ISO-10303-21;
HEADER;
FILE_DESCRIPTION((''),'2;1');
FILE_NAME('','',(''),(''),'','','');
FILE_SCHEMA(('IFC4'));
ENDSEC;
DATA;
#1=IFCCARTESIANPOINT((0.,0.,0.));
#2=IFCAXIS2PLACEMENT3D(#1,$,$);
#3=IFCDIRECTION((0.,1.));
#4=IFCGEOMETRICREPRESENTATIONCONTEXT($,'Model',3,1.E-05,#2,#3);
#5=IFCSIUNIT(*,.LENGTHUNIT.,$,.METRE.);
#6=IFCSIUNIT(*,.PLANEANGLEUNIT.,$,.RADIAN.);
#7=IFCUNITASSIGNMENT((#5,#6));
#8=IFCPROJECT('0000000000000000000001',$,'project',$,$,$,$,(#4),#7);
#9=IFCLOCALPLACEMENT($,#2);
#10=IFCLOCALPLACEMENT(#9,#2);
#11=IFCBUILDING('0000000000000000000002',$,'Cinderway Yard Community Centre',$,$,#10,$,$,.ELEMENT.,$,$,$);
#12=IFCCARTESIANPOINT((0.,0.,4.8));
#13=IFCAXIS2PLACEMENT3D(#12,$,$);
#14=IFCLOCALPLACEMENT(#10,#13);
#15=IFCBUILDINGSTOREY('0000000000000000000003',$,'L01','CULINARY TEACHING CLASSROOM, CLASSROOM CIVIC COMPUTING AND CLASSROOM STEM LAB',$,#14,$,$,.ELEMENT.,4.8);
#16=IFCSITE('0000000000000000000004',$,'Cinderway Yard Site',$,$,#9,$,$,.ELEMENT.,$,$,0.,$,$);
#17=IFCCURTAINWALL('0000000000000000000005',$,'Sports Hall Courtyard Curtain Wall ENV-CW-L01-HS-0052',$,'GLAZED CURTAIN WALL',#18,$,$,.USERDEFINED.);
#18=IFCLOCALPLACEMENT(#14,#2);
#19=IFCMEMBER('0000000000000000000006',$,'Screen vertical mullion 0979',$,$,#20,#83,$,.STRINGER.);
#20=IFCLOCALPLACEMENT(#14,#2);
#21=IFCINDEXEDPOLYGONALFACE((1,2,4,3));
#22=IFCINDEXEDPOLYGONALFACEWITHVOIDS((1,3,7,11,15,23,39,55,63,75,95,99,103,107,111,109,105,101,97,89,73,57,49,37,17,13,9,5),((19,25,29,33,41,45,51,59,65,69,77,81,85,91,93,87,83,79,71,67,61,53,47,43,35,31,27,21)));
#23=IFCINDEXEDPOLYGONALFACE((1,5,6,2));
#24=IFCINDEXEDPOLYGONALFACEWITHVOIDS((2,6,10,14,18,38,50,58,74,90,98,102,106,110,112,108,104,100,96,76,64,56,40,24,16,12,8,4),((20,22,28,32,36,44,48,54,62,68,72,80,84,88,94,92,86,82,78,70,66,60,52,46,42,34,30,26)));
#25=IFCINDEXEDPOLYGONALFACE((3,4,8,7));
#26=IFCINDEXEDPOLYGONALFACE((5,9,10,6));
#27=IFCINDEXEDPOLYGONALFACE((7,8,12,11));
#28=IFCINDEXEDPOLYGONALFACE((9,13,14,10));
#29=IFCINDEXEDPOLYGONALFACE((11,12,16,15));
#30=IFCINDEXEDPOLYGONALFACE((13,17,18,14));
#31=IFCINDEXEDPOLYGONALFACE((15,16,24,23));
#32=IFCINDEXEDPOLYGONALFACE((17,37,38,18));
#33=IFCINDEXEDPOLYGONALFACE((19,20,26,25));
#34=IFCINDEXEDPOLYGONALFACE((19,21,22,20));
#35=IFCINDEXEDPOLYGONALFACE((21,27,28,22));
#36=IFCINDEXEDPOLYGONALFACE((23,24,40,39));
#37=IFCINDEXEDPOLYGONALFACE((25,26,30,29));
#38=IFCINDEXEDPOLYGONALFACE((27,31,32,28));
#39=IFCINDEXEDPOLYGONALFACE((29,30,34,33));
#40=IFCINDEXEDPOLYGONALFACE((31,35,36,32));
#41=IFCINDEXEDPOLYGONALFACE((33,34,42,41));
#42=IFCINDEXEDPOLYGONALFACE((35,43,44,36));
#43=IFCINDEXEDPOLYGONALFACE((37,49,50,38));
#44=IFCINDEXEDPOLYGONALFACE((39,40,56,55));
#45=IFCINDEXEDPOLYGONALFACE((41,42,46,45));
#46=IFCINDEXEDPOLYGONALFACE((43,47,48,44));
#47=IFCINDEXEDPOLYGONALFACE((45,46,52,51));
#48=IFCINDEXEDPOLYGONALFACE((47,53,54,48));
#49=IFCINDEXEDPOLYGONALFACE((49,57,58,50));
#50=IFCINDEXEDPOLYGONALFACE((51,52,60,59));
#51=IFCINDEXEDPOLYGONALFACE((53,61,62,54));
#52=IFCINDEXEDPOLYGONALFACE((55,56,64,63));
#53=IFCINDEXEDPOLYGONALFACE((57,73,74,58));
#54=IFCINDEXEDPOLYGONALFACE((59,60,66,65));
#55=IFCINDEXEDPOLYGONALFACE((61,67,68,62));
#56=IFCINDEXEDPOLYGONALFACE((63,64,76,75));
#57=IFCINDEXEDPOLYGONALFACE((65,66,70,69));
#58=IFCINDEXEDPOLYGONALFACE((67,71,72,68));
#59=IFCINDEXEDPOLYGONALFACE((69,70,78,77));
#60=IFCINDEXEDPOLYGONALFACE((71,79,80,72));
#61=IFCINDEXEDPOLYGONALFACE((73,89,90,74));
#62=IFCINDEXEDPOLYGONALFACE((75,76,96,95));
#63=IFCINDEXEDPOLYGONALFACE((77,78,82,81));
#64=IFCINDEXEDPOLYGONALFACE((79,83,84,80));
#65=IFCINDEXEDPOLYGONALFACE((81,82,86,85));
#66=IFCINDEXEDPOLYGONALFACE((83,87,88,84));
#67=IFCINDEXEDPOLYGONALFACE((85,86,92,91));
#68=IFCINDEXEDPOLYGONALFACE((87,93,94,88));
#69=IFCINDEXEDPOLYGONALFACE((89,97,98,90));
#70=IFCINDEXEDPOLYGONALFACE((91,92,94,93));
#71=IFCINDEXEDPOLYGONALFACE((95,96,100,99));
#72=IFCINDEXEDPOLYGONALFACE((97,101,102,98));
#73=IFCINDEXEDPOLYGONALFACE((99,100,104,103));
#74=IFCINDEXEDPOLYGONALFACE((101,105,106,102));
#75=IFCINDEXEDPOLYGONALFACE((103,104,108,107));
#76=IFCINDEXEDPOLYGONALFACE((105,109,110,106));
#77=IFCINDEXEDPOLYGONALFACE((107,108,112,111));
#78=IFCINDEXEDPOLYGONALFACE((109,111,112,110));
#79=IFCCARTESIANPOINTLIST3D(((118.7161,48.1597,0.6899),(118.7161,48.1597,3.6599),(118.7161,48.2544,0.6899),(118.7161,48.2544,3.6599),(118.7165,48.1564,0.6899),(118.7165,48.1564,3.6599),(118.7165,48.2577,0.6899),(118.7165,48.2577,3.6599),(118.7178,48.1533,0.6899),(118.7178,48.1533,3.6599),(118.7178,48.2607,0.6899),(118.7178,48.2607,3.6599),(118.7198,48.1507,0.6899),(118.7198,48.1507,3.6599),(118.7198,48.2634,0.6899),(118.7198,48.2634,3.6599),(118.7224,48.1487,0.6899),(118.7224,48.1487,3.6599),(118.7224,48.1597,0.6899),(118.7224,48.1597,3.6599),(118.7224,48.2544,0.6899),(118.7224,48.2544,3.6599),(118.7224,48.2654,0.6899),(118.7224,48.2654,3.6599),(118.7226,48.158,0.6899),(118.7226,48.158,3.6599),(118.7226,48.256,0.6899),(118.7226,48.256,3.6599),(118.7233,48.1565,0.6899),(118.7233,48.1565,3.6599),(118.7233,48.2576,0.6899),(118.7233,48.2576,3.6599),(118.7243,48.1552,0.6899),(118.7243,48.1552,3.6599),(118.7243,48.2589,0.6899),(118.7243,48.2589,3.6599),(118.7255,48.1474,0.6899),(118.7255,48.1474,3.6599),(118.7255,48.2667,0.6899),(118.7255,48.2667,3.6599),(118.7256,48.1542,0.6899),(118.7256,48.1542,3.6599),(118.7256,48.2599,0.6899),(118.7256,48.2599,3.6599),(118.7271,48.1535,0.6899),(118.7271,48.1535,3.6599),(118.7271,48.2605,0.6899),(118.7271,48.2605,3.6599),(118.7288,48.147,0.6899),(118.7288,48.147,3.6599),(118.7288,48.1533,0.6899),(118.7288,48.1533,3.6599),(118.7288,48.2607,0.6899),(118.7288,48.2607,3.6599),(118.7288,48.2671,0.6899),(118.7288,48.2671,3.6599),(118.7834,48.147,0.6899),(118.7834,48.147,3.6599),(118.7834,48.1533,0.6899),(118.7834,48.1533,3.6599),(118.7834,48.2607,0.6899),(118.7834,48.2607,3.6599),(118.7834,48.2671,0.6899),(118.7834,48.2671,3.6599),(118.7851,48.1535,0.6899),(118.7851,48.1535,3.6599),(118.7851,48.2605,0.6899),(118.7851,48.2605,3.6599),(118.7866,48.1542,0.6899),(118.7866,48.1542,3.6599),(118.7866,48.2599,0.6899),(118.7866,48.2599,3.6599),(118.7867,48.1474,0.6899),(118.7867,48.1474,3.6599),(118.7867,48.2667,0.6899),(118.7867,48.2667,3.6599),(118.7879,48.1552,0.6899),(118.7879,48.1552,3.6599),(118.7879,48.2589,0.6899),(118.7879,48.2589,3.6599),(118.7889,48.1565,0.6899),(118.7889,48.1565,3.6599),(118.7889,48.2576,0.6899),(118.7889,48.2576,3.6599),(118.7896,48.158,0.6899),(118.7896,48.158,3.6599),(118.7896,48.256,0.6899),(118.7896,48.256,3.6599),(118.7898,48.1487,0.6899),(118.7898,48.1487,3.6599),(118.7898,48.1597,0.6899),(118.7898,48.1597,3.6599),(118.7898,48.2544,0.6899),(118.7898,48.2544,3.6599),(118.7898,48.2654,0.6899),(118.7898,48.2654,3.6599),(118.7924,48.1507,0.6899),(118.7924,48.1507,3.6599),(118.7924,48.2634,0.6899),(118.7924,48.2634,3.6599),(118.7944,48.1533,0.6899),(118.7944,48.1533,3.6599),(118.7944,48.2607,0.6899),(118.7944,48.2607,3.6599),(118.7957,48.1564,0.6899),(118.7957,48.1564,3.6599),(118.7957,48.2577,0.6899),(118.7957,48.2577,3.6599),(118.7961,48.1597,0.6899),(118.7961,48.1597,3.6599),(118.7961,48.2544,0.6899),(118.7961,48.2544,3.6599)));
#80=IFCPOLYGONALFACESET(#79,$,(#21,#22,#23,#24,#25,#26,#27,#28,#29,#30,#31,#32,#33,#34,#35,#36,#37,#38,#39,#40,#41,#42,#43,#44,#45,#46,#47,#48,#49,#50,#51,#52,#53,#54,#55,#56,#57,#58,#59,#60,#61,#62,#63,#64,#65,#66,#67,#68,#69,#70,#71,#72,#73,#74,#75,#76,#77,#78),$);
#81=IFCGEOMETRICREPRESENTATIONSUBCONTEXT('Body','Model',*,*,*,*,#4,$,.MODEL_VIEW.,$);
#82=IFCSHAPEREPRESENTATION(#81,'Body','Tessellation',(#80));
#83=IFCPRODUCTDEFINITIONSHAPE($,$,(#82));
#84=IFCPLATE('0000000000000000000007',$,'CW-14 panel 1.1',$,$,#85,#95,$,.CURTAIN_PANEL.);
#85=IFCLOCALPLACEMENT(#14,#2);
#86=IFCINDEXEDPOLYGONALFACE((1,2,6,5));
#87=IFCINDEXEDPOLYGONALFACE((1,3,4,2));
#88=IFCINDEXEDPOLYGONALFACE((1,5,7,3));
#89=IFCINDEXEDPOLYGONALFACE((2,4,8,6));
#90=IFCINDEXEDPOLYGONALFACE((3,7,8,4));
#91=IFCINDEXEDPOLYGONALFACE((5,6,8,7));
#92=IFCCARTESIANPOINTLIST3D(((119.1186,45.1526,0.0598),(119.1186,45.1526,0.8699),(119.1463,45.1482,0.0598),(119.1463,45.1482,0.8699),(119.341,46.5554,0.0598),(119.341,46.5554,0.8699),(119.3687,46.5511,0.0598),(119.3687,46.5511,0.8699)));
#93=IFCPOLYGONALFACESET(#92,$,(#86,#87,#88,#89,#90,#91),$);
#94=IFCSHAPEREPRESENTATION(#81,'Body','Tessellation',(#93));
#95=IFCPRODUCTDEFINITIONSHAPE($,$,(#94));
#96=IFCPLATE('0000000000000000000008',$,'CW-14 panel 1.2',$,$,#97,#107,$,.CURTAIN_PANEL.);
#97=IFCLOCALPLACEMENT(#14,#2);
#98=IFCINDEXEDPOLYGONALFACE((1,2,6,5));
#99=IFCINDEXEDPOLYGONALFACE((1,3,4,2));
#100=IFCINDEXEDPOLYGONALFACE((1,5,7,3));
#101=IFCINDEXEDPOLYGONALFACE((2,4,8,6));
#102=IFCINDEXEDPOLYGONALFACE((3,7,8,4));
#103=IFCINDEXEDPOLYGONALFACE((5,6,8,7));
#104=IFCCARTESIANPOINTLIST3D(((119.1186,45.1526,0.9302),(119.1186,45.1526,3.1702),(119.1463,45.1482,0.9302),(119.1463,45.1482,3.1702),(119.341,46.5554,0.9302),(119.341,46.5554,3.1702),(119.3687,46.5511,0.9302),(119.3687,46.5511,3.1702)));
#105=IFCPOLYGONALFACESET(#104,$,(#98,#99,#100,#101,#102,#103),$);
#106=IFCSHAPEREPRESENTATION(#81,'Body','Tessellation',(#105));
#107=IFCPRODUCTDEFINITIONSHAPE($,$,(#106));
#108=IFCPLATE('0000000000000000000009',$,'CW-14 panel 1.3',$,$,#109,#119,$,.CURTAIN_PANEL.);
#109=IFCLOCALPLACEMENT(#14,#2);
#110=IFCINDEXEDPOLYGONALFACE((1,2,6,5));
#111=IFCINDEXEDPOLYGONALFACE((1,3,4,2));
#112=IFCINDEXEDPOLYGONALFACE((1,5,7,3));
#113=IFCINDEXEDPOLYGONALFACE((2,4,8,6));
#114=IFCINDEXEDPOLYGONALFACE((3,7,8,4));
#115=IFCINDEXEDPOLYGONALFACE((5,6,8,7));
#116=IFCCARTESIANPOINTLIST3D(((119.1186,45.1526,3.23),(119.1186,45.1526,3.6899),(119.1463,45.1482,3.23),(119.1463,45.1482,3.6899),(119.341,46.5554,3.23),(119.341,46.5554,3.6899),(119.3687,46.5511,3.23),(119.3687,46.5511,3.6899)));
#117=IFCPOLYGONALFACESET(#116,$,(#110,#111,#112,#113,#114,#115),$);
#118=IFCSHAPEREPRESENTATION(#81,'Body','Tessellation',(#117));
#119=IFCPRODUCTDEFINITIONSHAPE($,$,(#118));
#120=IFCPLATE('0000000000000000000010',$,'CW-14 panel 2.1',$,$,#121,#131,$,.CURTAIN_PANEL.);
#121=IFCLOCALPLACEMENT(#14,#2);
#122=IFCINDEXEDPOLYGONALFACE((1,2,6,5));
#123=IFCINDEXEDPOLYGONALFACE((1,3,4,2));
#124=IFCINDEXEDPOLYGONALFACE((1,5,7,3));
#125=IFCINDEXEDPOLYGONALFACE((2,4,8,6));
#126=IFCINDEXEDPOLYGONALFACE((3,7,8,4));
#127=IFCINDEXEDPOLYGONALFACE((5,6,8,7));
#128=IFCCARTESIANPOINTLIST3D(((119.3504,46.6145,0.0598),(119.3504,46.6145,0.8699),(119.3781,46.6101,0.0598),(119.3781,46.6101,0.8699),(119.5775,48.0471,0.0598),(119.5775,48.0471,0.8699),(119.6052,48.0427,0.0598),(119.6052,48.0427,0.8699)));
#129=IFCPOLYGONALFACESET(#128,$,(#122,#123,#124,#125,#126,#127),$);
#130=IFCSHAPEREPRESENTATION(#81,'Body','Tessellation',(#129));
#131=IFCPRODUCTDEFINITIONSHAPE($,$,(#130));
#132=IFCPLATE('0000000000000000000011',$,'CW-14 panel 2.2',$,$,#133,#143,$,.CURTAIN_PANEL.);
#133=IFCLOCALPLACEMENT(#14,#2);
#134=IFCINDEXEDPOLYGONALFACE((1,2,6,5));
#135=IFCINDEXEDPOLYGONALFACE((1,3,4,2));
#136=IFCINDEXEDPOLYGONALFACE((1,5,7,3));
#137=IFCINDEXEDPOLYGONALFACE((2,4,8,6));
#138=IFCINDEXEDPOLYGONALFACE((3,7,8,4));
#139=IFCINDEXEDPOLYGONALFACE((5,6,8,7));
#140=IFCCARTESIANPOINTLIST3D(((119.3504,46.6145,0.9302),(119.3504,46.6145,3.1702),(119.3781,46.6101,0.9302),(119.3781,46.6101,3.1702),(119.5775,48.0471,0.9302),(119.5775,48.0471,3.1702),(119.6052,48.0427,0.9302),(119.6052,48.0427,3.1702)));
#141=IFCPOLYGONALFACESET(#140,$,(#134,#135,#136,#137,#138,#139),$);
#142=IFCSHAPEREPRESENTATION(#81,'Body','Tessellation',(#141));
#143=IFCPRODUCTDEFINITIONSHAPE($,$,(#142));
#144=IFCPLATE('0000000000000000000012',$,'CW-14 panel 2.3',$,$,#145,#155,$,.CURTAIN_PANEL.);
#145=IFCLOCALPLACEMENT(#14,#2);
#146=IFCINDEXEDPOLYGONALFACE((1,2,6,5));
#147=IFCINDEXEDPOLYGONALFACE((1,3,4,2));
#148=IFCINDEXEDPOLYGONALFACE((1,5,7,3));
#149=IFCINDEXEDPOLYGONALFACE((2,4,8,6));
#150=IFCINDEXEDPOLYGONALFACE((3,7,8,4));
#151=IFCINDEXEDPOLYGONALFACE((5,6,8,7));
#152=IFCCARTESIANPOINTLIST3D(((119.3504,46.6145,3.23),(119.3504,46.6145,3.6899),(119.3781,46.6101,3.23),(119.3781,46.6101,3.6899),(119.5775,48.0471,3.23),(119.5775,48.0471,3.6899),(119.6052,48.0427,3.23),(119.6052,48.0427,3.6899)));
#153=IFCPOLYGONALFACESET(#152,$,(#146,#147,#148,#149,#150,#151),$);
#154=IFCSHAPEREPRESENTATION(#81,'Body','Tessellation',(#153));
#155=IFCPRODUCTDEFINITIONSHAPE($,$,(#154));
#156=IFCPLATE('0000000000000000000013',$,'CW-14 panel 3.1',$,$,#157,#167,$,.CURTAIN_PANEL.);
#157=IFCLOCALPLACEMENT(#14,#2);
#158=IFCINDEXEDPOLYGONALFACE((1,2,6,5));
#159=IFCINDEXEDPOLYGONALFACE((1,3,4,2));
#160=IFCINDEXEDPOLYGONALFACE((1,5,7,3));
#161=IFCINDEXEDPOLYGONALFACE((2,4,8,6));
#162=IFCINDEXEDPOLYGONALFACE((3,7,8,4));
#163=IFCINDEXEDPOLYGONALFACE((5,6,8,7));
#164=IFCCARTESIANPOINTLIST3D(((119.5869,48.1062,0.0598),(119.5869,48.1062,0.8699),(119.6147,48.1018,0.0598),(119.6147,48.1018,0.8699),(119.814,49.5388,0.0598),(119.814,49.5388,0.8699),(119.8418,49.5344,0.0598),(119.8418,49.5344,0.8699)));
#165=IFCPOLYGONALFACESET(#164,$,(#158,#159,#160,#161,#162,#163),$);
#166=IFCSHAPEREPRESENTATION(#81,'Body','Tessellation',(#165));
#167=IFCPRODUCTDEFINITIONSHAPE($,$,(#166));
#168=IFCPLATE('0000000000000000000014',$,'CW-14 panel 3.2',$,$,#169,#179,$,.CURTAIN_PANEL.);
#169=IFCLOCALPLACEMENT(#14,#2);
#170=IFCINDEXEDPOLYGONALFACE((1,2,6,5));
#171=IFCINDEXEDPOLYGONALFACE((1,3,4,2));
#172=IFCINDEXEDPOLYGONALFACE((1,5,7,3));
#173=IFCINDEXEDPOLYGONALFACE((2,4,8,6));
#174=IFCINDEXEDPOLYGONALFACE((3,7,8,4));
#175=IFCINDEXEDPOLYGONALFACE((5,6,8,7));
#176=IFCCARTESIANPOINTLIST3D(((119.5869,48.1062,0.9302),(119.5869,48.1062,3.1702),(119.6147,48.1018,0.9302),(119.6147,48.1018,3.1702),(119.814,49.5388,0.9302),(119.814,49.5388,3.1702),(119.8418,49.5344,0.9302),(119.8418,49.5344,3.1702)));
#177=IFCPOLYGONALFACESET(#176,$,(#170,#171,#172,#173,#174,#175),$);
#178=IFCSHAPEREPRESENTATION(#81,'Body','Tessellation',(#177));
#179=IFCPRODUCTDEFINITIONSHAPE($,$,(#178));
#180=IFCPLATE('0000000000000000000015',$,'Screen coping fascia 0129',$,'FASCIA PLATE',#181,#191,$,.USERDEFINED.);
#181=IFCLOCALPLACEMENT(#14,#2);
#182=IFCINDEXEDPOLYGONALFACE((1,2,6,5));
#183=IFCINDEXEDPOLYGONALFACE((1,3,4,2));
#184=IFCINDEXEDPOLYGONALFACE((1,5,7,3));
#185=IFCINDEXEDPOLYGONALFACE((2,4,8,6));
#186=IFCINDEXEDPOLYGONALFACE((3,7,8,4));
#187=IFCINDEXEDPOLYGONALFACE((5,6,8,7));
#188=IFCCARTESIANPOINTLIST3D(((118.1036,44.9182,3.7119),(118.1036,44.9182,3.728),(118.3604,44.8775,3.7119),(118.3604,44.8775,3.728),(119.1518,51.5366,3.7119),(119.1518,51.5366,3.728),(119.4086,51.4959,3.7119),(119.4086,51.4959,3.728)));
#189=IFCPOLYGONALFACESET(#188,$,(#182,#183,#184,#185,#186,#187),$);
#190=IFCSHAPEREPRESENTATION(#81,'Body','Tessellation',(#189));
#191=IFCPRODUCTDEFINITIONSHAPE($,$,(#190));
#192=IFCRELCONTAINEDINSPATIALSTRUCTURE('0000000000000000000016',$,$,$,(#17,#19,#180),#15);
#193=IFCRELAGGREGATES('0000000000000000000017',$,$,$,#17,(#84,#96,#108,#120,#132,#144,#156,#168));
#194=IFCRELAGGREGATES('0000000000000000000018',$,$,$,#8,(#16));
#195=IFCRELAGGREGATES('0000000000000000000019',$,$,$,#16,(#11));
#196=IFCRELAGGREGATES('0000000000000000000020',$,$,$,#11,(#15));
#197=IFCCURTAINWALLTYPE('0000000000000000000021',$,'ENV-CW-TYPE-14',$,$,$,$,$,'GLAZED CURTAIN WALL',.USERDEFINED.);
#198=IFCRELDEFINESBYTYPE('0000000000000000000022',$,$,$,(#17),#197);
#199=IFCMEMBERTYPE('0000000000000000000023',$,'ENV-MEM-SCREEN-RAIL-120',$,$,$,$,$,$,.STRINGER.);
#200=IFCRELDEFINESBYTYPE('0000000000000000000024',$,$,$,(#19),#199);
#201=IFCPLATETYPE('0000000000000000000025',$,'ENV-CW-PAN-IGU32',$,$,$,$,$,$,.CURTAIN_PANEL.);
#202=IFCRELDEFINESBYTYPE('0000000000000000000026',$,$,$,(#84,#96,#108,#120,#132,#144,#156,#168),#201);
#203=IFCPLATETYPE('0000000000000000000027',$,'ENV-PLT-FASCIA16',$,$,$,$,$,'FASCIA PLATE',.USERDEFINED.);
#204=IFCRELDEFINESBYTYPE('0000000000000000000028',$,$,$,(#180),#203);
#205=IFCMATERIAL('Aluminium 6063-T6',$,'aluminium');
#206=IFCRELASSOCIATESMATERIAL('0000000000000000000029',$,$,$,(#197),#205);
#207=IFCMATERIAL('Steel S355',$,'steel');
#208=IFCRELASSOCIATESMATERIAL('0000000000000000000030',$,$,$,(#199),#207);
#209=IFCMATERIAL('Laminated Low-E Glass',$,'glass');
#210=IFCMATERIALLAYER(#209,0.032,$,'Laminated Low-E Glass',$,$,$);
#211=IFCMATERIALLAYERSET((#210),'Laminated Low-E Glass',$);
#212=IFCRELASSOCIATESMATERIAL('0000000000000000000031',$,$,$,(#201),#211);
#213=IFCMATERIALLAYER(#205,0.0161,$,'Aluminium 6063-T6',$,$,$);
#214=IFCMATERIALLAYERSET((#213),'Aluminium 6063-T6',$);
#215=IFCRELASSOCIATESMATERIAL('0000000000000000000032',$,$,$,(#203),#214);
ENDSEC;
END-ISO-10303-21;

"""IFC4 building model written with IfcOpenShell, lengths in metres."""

from ifc_helpers import new_model, si_unit, direction, frame, origin, origin_2d, place, context, subcontext, project, spatial, rectangle, hollow_rectangle, extrude, material, layer, layer_set, material_profile, profile_set, type_object, element, aggregate, save


model = new_model("IFC4")

# Units and contexts
model_context = context("Model", 3, precision=1e-05, world=origin(), true_north=direction((0.0, 1.0)))
body_context = subcontext(model_context, "Body", "Model", "MODEL_VIEW")
ifc_project = project(units=[si_unit("LENGTHUNIT", "METRE"), si_unit("PLANEANGLEUNIT", "RADIAN")], contexts=[model_context])

# Site, building, storey
site_placement = place(None, origin())
site = spatial("IfcSite", under=ifc_project, at=site_placement, Name="Cinderway Yard Site", CompositionType="ELEMENT", RefElevation=0.0)
building_placement = place(site_placement, origin())
building = spatial("IfcBuilding", under=site, at=building_placement, Name="Cinderway Yard Community Centre", CompositionType="ELEMENT")
storey_placement = place(building_placement, frame((0.0, 0.0, 4.8)))
storey = spatial("IfcBuildingStorey", under=building, at=storey_placement, Name="L01", Description="CULINARY TEACHING CLASSROOM, CLASSROOM CIVIC COMPUTING AND CLASSROOM STEM LAB", CompositionType="ELEMENT", Elevation=4.8)

# Curtain wall
ifc_material_1 = material(Name="Aluminium 6063-T6", Category="aluminium")
curtain_wall_type = type_object("IfcCurtainWallType", Name="ENV-CW-TYPE-14", ElementType="GLAZED CURTAIN WALL", PredefinedType="USERDEFINED", material=ifc_material_1)
curtain_wall_placement = place(storey_placement, origin())
curtain_wall = element("IfcCurtainWall", 1, at=curtain_wall_placement, inside=storey, type_object=curtain_wall_type, Name="Sports Hall Courtyard Curtain Wall ENV-CW-L01-HS-0052", ObjectType="GLAZED CURTAIN WALL", PredefinedType="USERDEFINED")

# Member
ifc_material_2 = material(Name="Steel S355", Category="steel")
ifc_material_profile_1 = material_profile(ifc_material_2, hollow_rectangle(XDim=0.0801, YDim=0.1201, WallThickness=0.0063, InnerFilletRadius=0.0063, OuterFilletRadius=0.0127, at=origin_2d()), Name="Steel S355")
ifc_profile_set_1 = profile_set([ifc_material_profile_1], Name="Steel S355")
member_type_1 = type_object("IfcMemberType", Name="ENV-MEM-SCREEN-RAIL-120", PredefinedType="STRINGER", material=ifc_profile_set_1)
for number, where, z_axis, x_axis, name in (
    (2, (118.7561, 48.207, 0.6899), (0.0, 0.0, 1.0), (1.0, 0.0, 0.0), "Screen vertical mullion 0979"),
):
    element("IfcMember", number, at=place(storey_placement, frame(where, z_axis=z_axis, x_axis=x_axis)), inside=storey, type_object=member_type_1, Name=name, PredefinedType="STRINGER", context=body_context, shape_type="SweptSolid", body=[
        extrude(hollow_rectangle(XDim=0.0801, YDim=0.1201, WallThickness=0.0063, InnerFilletRadius=0.0063, OuterFilletRadius=0.0127, at=origin_2d()), origin(), (0.0, 0.0, 1.0), 2.97),
    ])

# Plates
ifc_material_3 = material(Name="Laminated Low-E Glass", Category="glass")
ifc_layer_1 = layer(ifc_material_3, 0.032, Name="Laminated Low-E Glass")
ifc_layer_set_1 = layer_set([ifc_layer_1], Name="Laminated Low-E Glass")
plate_type_1 = type_object("IfcPlateType", Name="ENV-CW-PAN-IGU32", PredefinedType="CURTAIN_PANEL", material=ifc_layer_set_1)
plate_1_placement = place(storey_placement, frame((119.2437, 45.8518, 0.0598), z_axis=(0.0, 0.0, 1.0), x_axis=(0.156583, 0.987665, 0.0)))
plate_1 = element("IfcPlate", 3, at=plate_1_placement, type_object=plate_type_1, Name="CW-14 panel 1.1", PredefinedType="CURTAIN_PANEL", context=body_context, shape_type="SweptSolid", body=[
    extrude(rectangle(XDim=1.4204, YDim=0.0281, at=origin_2d()), origin(), (0.0, 0.0, 1.0), 0.8101),
])
plate_2_placement = place(storey_placement, frame((119.2437, 45.8518, 0.9302), z_axis=(0.0, 0.0, 1.0), x_axis=(0.156583, 0.987665, 0.0)))
plate_2 = element("IfcPlate", 4, at=plate_2_placement, type_object=plate_type_1, Name="CW-14 panel 1.2", PredefinedType="CURTAIN_PANEL", context=body_context, shape_type="SweptSolid", body=[
    extrude(rectangle(XDim=1.4204, YDim=0.0281, at=origin_2d()), origin(), (0.0, 0.0, 1.0), 2.24),
])
plate_3_placement = place(storey_placement, frame((119.2437, 45.8518, 3.23), z_axis=(0.0, 0.0, 1.0), x_axis=(0.156583, 0.987665, 0.0)))
plate_3 = element("IfcPlate", 5, at=plate_3_placement, type_object=plate_type_1, Name="CW-14 panel 1.3", PredefinedType="CURTAIN_PANEL", context=body_context, shape_type="SweptSolid", body=[
    extrude(rectangle(XDim=1.4204, YDim=0.0281, at=origin_2d()), origin(), (0.0, 0.0, 1.0), 0.46),
])
plate_4_placement = place(storey_placement, frame((119.4778, 47.3286, 0.0598), z_axis=(0.0, 0.0, 1.0), x_axis=(0.156583, 0.987665, 0.0)))
plate_4 = element("IfcPlate", 6, at=plate_4_placement, type_object=plate_type_1, Name="CW-14 panel 2.1", PredefinedType="CURTAIN_PANEL", context=body_context, shape_type="SweptSolid", body=[
    extrude(rectangle(XDim=1.4504, YDim=0.0281, at=origin_2d()), origin(), (0.0, 0.0, 1.0), 0.8101),
])
plate_5_placement = place(storey_placement, frame((119.4778, 47.3286, 0.9302), z_axis=(0.0, 0.0, 1.0), x_axis=(0.156583, 0.987665, 0.0)))
plate_5 = element("IfcPlate", 7, at=plate_5_placement, type_object=plate_type_1, Name="CW-14 panel 2.2", PredefinedType="CURTAIN_PANEL", context=body_context, shape_type="SweptSolid", body=[
    extrude(rectangle(XDim=1.4504, YDim=0.0281, at=origin_2d()), origin(), (0.0, 0.0, 1.0), 2.24),
])
plate_6_placement = place(storey_placement, frame((119.4778, 47.3286, 3.23), z_axis=(0.0, 0.0, 1.0), x_axis=(0.156583, 0.987665, 0.0)))
plate_6 = element("IfcPlate", 8, at=plate_6_placement, type_object=plate_type_1, Name="CW-14 panel 2.3", PredefinedType="CURTAIN_PANEL", context=body_context, shape_type="SweptSolid", body=[
    extrude(rectangle(XDim=1.4504, YDim=0.0281, at=origin_2d()), origin(), (0.0, 0.0, 1.0), 0.46),
])
plate_7_placement = place(storey_placement, frame((119.7144, 48.8203, 0.0598), z_axis=(0.0, 0.0, 1.0), x_axis=(0.156583, 0.987665, 0.0)))
plate_7 = element("IfcPlate", 9, at=plate_7_placement, type_object=plate_type_1, Name="CW-14 panel 3.1", PredefinedType="CURTAIN_PANEL", context=body_context, shape_type="SweptSolid", body=[
    extrude(rectangle(XDim=1.4504, YDim=0.0281, at=origin_2d()), origin(), (0.0, 0.0, 1.0), 0.8101),
])
plate_8_placement = place(storey_placement, frame((119.7144, 48.8203, 0.9302), z_axis=(0.0, 0.0, 1.0), x_axis=(0.156583, 0.987665, 0.0)))
plate_8 = element("IfcPlate", 10, at=plate_8_placement, type_object=plate_type_1, Name="CW-14 panel 3.2", PredefinedType="CURTAIN_PANEL", context=body_context, shape_type="SweptSolid", body=[
    extrude(rectangle(XDim=1.4504, YDim=0.0281, at=origin_2d()), origin(), (0.0, 0.0, 1.0), 2.24),
])
aggregate(curtain_wall, [plate_1, plate_2, plate_3, plate_4, plate_5, plate_6, plate_7, plate_8])
ifc_layer_2 = layer(ifc_material_1, 0.0161, Name="Aluminium 6063-T6")
ifc_layer_set_2 = layer_set([ifc_layer_2], Name="Aluminium 6063-T6")
plate_type_2 = type_object("IfcPlateType", Name="ENV-PLT-FASCIA16", ElementType="FASCIA PLATE", PredefinedType="USERDEFINED", material=ifc_layer_set_2)
plate_9_placement = place(storey_placement, frame((118.7561, 48.207, 3.7119), z_axis=(0.0, 0.0, 1.0), x_axis=(0.156434, 0.987688, 0.0)))
element("IfcPlate", 11, at=plate_9_placement, inside=storey, type_object=plate_type_2, Name="Screen coping fascia 0129", ObjectType="FASCIA PLATE", PredefinedType="USERDEFINED", context=body_context, shape_type="SweptSolid", body=[
    extrude(rectangle(XDim=6.7009, YDim=0.26, at=origin_2d()), origin(), (0.0, 0.0, 1.0), 0.0161),
])

save(model, "model.ifc")
